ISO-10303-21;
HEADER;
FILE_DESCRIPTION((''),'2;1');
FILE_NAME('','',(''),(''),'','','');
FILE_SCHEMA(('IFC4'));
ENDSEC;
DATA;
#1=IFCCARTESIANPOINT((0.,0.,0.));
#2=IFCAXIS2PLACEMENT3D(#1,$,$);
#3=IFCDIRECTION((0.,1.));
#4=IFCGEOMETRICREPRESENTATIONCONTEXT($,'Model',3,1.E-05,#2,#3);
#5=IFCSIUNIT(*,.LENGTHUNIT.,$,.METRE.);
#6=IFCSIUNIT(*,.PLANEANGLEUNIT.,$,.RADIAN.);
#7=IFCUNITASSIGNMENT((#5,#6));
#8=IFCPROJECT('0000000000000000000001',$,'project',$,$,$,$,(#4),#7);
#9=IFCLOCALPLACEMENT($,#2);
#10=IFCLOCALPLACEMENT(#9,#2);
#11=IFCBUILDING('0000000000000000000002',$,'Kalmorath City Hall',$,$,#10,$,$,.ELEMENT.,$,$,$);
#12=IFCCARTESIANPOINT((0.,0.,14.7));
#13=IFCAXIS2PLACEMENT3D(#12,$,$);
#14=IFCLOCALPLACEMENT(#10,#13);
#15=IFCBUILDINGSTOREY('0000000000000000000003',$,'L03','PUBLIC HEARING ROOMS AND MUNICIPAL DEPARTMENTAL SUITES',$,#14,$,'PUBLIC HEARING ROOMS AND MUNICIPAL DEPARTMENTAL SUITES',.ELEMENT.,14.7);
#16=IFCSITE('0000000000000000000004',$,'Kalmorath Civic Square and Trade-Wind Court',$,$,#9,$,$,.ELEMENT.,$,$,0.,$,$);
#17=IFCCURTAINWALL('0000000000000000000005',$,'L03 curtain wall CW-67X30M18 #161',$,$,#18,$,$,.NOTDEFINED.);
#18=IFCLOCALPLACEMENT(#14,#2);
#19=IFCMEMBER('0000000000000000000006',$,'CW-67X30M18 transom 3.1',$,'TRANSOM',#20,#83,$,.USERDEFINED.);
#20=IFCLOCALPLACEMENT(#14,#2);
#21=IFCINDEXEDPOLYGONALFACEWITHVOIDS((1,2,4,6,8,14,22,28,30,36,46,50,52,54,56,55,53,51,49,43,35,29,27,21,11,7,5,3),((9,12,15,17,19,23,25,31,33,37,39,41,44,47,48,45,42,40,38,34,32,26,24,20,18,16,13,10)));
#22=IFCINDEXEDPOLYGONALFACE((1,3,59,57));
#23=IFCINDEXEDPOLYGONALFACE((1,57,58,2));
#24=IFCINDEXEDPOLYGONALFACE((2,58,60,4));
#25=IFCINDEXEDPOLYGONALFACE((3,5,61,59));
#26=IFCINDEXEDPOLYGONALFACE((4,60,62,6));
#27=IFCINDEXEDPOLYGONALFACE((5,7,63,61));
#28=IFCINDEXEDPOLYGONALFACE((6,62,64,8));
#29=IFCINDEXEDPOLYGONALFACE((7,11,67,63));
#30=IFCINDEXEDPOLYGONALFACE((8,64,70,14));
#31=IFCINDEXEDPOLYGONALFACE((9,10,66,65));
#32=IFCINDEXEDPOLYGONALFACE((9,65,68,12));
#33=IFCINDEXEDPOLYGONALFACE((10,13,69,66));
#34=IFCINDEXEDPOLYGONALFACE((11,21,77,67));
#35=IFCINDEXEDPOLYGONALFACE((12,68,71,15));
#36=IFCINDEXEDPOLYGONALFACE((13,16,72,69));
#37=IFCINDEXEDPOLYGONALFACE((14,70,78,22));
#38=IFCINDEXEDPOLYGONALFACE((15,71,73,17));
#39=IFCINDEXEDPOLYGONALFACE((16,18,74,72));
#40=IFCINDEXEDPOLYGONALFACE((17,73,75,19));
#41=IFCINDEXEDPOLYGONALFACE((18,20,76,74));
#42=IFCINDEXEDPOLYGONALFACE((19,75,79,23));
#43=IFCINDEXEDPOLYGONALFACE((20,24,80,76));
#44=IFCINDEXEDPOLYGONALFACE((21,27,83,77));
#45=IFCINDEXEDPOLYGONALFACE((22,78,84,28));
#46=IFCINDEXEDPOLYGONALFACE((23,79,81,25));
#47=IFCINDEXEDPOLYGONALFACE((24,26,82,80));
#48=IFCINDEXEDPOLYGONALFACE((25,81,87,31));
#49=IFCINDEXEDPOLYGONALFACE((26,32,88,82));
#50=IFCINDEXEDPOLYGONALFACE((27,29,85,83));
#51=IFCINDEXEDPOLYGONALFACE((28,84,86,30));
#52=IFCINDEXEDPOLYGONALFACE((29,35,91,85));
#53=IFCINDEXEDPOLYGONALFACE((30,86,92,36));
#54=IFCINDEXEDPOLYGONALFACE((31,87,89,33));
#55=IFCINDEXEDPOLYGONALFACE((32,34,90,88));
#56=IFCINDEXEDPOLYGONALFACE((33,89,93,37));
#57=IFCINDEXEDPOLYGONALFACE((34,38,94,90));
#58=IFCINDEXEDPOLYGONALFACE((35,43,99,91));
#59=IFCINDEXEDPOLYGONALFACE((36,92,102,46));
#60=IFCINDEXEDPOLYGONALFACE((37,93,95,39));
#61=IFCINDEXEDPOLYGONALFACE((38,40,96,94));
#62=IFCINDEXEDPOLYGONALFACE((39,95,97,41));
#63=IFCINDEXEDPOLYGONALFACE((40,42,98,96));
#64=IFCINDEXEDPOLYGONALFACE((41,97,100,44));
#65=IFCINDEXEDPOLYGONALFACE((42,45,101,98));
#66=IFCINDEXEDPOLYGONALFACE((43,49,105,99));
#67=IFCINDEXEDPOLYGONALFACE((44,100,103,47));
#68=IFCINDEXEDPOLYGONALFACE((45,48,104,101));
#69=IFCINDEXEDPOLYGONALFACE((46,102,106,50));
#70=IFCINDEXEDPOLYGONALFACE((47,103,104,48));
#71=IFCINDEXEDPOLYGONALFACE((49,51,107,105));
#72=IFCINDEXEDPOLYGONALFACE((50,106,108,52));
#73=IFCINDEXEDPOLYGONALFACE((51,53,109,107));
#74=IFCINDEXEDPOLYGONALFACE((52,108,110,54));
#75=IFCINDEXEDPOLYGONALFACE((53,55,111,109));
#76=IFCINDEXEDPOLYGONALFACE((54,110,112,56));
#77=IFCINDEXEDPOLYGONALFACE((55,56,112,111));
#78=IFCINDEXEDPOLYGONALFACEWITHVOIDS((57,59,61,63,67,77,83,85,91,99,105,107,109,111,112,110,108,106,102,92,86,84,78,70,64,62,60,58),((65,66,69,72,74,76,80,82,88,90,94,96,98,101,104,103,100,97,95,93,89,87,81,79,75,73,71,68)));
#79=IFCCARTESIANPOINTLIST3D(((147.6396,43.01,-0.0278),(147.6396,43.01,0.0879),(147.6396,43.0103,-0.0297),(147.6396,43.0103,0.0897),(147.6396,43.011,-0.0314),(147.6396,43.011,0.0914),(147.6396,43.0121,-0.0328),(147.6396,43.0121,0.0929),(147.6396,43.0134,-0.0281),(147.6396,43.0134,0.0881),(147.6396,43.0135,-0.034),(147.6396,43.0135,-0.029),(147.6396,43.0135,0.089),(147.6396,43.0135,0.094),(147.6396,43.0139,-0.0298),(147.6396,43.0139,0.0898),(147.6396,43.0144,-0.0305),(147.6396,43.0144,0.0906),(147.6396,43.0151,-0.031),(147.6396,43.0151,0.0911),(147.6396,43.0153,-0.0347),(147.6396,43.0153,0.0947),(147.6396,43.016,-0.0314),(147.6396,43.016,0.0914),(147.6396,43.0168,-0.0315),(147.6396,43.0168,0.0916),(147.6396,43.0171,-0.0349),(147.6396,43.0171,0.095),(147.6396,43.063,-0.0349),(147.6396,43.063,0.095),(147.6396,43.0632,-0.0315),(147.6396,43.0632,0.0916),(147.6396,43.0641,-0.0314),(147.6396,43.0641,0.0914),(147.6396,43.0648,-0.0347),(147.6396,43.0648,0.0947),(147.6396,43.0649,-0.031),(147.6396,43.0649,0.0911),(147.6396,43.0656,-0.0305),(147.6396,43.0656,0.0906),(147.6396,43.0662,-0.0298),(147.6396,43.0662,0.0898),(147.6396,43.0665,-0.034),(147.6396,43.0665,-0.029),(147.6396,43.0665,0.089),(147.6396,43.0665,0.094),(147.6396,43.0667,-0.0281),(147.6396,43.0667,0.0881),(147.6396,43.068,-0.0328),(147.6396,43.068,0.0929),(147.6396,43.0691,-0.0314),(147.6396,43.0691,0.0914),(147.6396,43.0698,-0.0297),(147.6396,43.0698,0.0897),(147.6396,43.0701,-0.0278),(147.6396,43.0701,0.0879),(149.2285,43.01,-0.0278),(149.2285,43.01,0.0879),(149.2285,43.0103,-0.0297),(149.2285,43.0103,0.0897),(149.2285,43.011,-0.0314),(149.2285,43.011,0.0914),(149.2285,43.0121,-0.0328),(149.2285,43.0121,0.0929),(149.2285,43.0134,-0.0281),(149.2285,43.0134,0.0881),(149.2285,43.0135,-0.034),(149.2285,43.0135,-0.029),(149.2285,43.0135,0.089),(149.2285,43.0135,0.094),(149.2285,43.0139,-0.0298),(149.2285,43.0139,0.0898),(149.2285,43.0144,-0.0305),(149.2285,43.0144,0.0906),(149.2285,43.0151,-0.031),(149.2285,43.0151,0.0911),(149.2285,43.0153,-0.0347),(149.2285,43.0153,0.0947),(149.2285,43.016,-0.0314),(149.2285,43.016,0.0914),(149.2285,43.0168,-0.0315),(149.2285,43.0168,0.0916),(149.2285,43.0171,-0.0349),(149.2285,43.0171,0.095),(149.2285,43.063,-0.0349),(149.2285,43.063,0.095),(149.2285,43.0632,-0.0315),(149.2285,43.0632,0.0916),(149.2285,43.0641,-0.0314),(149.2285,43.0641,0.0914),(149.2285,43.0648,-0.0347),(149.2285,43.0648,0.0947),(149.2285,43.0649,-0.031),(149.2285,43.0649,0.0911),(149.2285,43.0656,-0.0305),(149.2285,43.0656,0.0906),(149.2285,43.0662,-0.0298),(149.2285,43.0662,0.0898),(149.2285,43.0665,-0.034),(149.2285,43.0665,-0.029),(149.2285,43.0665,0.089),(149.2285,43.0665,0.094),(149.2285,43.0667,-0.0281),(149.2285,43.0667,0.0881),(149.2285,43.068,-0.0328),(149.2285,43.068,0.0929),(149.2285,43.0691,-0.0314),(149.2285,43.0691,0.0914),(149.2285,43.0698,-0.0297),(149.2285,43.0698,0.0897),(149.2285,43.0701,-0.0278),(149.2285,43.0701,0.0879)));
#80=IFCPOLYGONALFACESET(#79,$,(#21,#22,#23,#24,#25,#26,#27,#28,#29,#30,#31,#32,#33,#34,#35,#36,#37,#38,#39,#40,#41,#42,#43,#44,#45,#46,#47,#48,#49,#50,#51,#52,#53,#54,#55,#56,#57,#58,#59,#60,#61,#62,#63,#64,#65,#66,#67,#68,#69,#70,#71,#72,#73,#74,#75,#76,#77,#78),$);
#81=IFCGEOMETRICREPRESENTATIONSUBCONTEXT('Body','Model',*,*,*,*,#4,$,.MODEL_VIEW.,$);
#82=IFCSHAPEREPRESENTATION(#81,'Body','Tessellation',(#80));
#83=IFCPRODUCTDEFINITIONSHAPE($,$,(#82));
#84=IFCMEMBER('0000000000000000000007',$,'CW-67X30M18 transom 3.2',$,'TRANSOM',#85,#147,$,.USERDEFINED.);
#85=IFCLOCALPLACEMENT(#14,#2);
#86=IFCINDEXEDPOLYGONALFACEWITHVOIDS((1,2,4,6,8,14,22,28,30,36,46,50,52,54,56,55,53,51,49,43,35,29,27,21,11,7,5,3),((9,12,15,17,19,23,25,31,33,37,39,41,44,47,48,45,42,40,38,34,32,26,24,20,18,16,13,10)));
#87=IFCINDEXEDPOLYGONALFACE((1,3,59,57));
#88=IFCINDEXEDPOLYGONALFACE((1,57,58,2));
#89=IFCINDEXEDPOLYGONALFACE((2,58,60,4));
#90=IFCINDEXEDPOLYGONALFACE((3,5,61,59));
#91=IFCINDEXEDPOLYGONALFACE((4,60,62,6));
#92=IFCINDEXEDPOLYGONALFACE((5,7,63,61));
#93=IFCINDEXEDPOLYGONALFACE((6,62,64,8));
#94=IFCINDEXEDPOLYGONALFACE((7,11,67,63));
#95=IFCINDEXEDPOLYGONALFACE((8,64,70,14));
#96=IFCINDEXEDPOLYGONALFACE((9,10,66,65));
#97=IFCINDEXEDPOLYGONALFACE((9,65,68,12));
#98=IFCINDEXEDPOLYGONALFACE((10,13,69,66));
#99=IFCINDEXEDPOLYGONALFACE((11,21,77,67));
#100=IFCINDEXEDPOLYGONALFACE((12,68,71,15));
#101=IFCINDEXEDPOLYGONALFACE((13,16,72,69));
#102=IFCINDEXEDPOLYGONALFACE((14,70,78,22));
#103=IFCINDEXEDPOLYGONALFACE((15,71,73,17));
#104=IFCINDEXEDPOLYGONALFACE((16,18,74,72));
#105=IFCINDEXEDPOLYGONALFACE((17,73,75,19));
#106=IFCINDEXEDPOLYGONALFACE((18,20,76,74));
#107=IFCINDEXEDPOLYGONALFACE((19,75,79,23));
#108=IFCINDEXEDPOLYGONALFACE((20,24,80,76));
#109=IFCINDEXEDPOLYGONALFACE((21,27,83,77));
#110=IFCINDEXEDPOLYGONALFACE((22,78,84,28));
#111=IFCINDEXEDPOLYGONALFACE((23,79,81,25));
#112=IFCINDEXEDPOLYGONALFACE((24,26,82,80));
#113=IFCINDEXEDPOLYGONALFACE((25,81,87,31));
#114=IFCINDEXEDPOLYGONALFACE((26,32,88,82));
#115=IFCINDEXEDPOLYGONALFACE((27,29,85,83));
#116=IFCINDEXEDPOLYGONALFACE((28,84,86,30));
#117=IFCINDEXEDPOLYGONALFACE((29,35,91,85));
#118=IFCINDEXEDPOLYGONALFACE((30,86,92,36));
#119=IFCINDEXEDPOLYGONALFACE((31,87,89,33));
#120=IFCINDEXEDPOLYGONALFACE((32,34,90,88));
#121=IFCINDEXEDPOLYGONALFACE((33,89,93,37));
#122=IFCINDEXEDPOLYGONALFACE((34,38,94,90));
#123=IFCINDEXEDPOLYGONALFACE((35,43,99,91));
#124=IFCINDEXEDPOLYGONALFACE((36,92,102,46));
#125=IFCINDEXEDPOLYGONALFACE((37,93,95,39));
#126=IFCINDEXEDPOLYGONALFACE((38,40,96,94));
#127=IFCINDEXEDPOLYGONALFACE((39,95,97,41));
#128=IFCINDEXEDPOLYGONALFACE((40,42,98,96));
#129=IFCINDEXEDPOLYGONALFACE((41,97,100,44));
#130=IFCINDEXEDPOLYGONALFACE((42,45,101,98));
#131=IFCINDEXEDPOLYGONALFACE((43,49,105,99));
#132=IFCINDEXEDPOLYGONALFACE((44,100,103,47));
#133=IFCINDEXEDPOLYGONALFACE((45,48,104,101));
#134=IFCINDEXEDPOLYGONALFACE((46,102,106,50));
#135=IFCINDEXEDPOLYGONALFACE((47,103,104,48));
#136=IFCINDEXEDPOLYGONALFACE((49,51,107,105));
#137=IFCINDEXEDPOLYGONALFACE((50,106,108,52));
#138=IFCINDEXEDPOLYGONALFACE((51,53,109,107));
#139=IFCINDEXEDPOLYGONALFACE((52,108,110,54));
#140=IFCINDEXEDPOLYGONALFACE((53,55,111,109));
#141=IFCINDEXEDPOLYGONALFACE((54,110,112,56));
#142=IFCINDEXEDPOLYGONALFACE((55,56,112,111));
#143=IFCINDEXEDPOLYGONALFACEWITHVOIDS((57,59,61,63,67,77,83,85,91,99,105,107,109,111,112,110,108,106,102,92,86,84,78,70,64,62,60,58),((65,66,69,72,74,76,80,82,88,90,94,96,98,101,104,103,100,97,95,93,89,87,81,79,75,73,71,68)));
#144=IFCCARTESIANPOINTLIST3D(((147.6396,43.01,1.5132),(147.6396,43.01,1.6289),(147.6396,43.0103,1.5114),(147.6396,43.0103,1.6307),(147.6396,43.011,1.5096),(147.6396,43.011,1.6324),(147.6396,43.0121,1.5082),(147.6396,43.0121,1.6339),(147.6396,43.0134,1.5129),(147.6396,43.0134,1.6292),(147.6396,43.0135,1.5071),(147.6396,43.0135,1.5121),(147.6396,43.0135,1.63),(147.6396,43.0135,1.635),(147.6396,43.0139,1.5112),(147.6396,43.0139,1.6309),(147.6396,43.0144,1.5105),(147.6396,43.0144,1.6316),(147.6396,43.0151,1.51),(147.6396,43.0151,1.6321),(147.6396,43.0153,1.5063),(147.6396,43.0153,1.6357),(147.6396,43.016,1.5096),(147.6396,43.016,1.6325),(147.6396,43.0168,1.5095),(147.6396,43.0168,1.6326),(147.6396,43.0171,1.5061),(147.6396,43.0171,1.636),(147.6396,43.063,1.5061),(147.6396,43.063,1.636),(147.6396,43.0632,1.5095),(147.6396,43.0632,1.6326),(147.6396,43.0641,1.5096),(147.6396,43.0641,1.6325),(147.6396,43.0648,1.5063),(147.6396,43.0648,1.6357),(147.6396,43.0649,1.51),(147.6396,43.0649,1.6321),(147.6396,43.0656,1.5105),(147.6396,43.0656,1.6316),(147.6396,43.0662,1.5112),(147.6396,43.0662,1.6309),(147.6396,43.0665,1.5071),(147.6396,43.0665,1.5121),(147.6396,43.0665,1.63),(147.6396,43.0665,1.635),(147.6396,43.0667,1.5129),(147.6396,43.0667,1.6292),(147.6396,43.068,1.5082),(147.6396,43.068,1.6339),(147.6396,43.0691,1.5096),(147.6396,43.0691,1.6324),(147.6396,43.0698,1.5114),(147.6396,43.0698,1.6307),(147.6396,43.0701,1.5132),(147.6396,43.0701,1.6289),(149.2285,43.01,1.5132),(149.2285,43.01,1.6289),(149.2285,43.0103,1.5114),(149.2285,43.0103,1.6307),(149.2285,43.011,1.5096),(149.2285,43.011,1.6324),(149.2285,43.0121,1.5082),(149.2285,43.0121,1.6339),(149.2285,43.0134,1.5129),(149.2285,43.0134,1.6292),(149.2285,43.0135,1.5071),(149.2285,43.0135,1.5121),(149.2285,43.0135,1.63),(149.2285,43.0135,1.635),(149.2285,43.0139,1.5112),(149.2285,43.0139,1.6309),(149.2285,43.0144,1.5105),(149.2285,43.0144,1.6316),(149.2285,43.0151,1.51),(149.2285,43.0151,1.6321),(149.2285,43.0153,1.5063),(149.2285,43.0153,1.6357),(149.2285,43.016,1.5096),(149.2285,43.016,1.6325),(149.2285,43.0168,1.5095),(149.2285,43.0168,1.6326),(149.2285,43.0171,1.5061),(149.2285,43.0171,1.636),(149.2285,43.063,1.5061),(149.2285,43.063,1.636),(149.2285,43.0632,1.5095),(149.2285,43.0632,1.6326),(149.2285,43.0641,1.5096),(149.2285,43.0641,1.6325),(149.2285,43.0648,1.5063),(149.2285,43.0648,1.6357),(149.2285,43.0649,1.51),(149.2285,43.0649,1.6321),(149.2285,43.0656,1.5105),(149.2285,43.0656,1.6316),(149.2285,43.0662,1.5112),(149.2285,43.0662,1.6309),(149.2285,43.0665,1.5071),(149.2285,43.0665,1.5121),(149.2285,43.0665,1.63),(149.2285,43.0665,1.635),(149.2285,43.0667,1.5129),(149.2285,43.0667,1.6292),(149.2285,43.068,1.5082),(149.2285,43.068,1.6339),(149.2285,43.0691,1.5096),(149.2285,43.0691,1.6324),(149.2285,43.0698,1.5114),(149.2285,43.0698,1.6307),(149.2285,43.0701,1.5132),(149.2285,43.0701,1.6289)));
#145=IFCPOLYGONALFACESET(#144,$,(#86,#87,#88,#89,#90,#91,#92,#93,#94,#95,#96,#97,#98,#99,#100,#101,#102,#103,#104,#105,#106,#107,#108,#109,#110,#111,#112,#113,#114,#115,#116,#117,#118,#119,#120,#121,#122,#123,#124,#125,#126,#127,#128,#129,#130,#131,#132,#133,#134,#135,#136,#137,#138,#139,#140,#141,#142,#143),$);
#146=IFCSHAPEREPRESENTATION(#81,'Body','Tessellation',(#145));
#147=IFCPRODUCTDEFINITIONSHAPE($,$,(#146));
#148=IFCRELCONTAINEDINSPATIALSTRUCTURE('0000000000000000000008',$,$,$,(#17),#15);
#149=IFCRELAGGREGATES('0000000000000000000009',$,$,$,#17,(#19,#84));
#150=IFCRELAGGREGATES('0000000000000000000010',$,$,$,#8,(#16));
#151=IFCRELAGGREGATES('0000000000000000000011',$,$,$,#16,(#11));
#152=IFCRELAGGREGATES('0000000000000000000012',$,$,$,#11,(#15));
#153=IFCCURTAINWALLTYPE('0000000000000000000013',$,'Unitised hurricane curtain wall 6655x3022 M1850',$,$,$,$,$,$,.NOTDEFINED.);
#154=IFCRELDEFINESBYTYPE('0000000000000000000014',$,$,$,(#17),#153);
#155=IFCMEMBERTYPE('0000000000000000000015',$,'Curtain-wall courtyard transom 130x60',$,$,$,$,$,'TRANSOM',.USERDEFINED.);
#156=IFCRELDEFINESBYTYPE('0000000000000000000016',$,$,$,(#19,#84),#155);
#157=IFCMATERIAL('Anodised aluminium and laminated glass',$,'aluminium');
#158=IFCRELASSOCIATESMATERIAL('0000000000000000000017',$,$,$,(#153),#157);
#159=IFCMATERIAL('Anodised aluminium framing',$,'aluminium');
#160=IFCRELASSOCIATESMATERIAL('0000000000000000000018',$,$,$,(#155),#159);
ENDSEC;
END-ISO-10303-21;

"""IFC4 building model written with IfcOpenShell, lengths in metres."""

from ifc_helpers import new_model, si_unit, direction, frame, origin, origin_2d, place, context, subcontext, project, spatial, hollow_rectangle, extrude, material, material_profile, profile_set, type_object, element, aggregate, save


model = new_model("IFC4")

# Units and contexts
model_context = context("Model", 3, precision=1e-05, world=origin(), true_north=direction((0.0, 1.0)))
body_context = subcontext(model_context, "Body", "Model", "MODEL_VIEW")
ifc_project = project(units=[si_unit("LENGTHUNIT", "METRE"), si_unit("PLANEANGLEUNIT", "RADIAN")], contexts=[model_context])

# Site, building, storey
site_placement = place(None, origin())
site = spatial("IfcSite", under=ifc_project, at=site_placement, Name="Kalmorath Civic Square and Trade-Wind Court", CompositionType="ELEMENT", RefElevation=0.0)
building_placement = place(site_placement, origin())
building = spatial("IfcBuilding", under=site, at=building_placement, Name="Kalmorath City Hall", CompositionType="ELEMENT")
storey_placement = place(building_placement, frame((0.0, 0.0, 14.7)))
storey = spatial("IfcBuildingStorey", under=building, at=storey_placement, Name="L03", Description="PUBLIC HEARING ROOMS AND MUNICIPAL DEPARTMENTAL SUITES", LongName="PUBLIC HEARING ROOMS AND MUNICIPAL DEPARTMENTAL SUITES", CompositionType="ELEMENT", Elevation=14.7)

# Curtain wall, members
ifc_material_1 = material(Name="Anodised aluminium and laminated glass", Category="aluminium")
curtain_wall_type = type_object("IfcCurtainWallType", Name="Unitised hurricane curtain wall 6655x3022 M1850", PredefinedType="NOTDEFINED", material=ifc_material_1)
curtain_wall_placement = place(storey_placement, origin())
curtain_wall = element("IfcCurtainWall", 1, at=curtain_wall_placement, inside=storey, type_object=curtain_wall_type, Name="L03 curtain wall CW-67X30M18 #161", PredefinedType="NOTDEFINED")
ifc_material_2 = material(Name="Anodised aluminium framing", Category="aluminium")
ifc_material_profile_1 = material_profile(ifc_material_2, hollow_rectangle(XDim=0.0601, YDim=0.1299, WallThickness=0.0034, InnerFilletRadius=0.0034, OuterFilletRadius=0.0071, at=origin_2d()), Name="ALU-TRN-130X60X3.5")
ifc_profile_set_1 = profile_set([ifc_material_profile_1], Name="Anodised aluminium framing")
member_type_1 = type_object("IfcMemberType", Name="Curtain-wall courtyard transom 130x60", ElementType="TRANSOM", PredefinedType="USERDEFINED", material=ifc_profile_set_1)
member_1_placement = place(storey_placement, frame((147.6396, 43.04, 0.03), z_axis=(1.0, 0.0, 0.0), x_axis=(0.0, 1.0, 0.0)))
member_1 = element("IfcMember", 2, at=member_1_placement, type_object=member_type_1, Name="CW-67X30M18 transom 3.1", ObjectType="TRANSOM", PredefinedType="USERDEFINED", context=body_context, shape_type="SweptSolid", body=[
    extrude(hollow_rectangle(XDim=0.0601, YDim=0.1299, WallThickness=0.0034, InnerFilletRadius=0.0034, OuterFilletRadius=0.0071, at=origin_2d()), origin(), (0.0, 0.0, 1.0), 1.5889),
])
member_2_placement = place(storey_placement, frame((147.6396, 43.04, 1.571), z_axis=(1.0, 0.0, 0.0), x_axis=(0.0, 1.0, 0.0)))
member_2 = element("IfcMember", 3, at=member_2_placement, type_object=member_type_1, Name="CW-67X30M18 transom 3.2", ObjectType="TRANSOM", PredefinedType="USERDEFINED", context=body_context, shape_type="SweptSolid", body=[
    extrude(hollow_rectangle(XDim=0.0601, YDim=0.1299, WallThickness=0.0034, InnerFilletRadius=0.0034, OuterFilletRadius=0.0071, at=origin_2d()), origin(), (0.0, 0.0, 1.0), 1.5889),
])
aggregate(curtain_wall, [member_1, member_2])

save(model, "model.ifc")
